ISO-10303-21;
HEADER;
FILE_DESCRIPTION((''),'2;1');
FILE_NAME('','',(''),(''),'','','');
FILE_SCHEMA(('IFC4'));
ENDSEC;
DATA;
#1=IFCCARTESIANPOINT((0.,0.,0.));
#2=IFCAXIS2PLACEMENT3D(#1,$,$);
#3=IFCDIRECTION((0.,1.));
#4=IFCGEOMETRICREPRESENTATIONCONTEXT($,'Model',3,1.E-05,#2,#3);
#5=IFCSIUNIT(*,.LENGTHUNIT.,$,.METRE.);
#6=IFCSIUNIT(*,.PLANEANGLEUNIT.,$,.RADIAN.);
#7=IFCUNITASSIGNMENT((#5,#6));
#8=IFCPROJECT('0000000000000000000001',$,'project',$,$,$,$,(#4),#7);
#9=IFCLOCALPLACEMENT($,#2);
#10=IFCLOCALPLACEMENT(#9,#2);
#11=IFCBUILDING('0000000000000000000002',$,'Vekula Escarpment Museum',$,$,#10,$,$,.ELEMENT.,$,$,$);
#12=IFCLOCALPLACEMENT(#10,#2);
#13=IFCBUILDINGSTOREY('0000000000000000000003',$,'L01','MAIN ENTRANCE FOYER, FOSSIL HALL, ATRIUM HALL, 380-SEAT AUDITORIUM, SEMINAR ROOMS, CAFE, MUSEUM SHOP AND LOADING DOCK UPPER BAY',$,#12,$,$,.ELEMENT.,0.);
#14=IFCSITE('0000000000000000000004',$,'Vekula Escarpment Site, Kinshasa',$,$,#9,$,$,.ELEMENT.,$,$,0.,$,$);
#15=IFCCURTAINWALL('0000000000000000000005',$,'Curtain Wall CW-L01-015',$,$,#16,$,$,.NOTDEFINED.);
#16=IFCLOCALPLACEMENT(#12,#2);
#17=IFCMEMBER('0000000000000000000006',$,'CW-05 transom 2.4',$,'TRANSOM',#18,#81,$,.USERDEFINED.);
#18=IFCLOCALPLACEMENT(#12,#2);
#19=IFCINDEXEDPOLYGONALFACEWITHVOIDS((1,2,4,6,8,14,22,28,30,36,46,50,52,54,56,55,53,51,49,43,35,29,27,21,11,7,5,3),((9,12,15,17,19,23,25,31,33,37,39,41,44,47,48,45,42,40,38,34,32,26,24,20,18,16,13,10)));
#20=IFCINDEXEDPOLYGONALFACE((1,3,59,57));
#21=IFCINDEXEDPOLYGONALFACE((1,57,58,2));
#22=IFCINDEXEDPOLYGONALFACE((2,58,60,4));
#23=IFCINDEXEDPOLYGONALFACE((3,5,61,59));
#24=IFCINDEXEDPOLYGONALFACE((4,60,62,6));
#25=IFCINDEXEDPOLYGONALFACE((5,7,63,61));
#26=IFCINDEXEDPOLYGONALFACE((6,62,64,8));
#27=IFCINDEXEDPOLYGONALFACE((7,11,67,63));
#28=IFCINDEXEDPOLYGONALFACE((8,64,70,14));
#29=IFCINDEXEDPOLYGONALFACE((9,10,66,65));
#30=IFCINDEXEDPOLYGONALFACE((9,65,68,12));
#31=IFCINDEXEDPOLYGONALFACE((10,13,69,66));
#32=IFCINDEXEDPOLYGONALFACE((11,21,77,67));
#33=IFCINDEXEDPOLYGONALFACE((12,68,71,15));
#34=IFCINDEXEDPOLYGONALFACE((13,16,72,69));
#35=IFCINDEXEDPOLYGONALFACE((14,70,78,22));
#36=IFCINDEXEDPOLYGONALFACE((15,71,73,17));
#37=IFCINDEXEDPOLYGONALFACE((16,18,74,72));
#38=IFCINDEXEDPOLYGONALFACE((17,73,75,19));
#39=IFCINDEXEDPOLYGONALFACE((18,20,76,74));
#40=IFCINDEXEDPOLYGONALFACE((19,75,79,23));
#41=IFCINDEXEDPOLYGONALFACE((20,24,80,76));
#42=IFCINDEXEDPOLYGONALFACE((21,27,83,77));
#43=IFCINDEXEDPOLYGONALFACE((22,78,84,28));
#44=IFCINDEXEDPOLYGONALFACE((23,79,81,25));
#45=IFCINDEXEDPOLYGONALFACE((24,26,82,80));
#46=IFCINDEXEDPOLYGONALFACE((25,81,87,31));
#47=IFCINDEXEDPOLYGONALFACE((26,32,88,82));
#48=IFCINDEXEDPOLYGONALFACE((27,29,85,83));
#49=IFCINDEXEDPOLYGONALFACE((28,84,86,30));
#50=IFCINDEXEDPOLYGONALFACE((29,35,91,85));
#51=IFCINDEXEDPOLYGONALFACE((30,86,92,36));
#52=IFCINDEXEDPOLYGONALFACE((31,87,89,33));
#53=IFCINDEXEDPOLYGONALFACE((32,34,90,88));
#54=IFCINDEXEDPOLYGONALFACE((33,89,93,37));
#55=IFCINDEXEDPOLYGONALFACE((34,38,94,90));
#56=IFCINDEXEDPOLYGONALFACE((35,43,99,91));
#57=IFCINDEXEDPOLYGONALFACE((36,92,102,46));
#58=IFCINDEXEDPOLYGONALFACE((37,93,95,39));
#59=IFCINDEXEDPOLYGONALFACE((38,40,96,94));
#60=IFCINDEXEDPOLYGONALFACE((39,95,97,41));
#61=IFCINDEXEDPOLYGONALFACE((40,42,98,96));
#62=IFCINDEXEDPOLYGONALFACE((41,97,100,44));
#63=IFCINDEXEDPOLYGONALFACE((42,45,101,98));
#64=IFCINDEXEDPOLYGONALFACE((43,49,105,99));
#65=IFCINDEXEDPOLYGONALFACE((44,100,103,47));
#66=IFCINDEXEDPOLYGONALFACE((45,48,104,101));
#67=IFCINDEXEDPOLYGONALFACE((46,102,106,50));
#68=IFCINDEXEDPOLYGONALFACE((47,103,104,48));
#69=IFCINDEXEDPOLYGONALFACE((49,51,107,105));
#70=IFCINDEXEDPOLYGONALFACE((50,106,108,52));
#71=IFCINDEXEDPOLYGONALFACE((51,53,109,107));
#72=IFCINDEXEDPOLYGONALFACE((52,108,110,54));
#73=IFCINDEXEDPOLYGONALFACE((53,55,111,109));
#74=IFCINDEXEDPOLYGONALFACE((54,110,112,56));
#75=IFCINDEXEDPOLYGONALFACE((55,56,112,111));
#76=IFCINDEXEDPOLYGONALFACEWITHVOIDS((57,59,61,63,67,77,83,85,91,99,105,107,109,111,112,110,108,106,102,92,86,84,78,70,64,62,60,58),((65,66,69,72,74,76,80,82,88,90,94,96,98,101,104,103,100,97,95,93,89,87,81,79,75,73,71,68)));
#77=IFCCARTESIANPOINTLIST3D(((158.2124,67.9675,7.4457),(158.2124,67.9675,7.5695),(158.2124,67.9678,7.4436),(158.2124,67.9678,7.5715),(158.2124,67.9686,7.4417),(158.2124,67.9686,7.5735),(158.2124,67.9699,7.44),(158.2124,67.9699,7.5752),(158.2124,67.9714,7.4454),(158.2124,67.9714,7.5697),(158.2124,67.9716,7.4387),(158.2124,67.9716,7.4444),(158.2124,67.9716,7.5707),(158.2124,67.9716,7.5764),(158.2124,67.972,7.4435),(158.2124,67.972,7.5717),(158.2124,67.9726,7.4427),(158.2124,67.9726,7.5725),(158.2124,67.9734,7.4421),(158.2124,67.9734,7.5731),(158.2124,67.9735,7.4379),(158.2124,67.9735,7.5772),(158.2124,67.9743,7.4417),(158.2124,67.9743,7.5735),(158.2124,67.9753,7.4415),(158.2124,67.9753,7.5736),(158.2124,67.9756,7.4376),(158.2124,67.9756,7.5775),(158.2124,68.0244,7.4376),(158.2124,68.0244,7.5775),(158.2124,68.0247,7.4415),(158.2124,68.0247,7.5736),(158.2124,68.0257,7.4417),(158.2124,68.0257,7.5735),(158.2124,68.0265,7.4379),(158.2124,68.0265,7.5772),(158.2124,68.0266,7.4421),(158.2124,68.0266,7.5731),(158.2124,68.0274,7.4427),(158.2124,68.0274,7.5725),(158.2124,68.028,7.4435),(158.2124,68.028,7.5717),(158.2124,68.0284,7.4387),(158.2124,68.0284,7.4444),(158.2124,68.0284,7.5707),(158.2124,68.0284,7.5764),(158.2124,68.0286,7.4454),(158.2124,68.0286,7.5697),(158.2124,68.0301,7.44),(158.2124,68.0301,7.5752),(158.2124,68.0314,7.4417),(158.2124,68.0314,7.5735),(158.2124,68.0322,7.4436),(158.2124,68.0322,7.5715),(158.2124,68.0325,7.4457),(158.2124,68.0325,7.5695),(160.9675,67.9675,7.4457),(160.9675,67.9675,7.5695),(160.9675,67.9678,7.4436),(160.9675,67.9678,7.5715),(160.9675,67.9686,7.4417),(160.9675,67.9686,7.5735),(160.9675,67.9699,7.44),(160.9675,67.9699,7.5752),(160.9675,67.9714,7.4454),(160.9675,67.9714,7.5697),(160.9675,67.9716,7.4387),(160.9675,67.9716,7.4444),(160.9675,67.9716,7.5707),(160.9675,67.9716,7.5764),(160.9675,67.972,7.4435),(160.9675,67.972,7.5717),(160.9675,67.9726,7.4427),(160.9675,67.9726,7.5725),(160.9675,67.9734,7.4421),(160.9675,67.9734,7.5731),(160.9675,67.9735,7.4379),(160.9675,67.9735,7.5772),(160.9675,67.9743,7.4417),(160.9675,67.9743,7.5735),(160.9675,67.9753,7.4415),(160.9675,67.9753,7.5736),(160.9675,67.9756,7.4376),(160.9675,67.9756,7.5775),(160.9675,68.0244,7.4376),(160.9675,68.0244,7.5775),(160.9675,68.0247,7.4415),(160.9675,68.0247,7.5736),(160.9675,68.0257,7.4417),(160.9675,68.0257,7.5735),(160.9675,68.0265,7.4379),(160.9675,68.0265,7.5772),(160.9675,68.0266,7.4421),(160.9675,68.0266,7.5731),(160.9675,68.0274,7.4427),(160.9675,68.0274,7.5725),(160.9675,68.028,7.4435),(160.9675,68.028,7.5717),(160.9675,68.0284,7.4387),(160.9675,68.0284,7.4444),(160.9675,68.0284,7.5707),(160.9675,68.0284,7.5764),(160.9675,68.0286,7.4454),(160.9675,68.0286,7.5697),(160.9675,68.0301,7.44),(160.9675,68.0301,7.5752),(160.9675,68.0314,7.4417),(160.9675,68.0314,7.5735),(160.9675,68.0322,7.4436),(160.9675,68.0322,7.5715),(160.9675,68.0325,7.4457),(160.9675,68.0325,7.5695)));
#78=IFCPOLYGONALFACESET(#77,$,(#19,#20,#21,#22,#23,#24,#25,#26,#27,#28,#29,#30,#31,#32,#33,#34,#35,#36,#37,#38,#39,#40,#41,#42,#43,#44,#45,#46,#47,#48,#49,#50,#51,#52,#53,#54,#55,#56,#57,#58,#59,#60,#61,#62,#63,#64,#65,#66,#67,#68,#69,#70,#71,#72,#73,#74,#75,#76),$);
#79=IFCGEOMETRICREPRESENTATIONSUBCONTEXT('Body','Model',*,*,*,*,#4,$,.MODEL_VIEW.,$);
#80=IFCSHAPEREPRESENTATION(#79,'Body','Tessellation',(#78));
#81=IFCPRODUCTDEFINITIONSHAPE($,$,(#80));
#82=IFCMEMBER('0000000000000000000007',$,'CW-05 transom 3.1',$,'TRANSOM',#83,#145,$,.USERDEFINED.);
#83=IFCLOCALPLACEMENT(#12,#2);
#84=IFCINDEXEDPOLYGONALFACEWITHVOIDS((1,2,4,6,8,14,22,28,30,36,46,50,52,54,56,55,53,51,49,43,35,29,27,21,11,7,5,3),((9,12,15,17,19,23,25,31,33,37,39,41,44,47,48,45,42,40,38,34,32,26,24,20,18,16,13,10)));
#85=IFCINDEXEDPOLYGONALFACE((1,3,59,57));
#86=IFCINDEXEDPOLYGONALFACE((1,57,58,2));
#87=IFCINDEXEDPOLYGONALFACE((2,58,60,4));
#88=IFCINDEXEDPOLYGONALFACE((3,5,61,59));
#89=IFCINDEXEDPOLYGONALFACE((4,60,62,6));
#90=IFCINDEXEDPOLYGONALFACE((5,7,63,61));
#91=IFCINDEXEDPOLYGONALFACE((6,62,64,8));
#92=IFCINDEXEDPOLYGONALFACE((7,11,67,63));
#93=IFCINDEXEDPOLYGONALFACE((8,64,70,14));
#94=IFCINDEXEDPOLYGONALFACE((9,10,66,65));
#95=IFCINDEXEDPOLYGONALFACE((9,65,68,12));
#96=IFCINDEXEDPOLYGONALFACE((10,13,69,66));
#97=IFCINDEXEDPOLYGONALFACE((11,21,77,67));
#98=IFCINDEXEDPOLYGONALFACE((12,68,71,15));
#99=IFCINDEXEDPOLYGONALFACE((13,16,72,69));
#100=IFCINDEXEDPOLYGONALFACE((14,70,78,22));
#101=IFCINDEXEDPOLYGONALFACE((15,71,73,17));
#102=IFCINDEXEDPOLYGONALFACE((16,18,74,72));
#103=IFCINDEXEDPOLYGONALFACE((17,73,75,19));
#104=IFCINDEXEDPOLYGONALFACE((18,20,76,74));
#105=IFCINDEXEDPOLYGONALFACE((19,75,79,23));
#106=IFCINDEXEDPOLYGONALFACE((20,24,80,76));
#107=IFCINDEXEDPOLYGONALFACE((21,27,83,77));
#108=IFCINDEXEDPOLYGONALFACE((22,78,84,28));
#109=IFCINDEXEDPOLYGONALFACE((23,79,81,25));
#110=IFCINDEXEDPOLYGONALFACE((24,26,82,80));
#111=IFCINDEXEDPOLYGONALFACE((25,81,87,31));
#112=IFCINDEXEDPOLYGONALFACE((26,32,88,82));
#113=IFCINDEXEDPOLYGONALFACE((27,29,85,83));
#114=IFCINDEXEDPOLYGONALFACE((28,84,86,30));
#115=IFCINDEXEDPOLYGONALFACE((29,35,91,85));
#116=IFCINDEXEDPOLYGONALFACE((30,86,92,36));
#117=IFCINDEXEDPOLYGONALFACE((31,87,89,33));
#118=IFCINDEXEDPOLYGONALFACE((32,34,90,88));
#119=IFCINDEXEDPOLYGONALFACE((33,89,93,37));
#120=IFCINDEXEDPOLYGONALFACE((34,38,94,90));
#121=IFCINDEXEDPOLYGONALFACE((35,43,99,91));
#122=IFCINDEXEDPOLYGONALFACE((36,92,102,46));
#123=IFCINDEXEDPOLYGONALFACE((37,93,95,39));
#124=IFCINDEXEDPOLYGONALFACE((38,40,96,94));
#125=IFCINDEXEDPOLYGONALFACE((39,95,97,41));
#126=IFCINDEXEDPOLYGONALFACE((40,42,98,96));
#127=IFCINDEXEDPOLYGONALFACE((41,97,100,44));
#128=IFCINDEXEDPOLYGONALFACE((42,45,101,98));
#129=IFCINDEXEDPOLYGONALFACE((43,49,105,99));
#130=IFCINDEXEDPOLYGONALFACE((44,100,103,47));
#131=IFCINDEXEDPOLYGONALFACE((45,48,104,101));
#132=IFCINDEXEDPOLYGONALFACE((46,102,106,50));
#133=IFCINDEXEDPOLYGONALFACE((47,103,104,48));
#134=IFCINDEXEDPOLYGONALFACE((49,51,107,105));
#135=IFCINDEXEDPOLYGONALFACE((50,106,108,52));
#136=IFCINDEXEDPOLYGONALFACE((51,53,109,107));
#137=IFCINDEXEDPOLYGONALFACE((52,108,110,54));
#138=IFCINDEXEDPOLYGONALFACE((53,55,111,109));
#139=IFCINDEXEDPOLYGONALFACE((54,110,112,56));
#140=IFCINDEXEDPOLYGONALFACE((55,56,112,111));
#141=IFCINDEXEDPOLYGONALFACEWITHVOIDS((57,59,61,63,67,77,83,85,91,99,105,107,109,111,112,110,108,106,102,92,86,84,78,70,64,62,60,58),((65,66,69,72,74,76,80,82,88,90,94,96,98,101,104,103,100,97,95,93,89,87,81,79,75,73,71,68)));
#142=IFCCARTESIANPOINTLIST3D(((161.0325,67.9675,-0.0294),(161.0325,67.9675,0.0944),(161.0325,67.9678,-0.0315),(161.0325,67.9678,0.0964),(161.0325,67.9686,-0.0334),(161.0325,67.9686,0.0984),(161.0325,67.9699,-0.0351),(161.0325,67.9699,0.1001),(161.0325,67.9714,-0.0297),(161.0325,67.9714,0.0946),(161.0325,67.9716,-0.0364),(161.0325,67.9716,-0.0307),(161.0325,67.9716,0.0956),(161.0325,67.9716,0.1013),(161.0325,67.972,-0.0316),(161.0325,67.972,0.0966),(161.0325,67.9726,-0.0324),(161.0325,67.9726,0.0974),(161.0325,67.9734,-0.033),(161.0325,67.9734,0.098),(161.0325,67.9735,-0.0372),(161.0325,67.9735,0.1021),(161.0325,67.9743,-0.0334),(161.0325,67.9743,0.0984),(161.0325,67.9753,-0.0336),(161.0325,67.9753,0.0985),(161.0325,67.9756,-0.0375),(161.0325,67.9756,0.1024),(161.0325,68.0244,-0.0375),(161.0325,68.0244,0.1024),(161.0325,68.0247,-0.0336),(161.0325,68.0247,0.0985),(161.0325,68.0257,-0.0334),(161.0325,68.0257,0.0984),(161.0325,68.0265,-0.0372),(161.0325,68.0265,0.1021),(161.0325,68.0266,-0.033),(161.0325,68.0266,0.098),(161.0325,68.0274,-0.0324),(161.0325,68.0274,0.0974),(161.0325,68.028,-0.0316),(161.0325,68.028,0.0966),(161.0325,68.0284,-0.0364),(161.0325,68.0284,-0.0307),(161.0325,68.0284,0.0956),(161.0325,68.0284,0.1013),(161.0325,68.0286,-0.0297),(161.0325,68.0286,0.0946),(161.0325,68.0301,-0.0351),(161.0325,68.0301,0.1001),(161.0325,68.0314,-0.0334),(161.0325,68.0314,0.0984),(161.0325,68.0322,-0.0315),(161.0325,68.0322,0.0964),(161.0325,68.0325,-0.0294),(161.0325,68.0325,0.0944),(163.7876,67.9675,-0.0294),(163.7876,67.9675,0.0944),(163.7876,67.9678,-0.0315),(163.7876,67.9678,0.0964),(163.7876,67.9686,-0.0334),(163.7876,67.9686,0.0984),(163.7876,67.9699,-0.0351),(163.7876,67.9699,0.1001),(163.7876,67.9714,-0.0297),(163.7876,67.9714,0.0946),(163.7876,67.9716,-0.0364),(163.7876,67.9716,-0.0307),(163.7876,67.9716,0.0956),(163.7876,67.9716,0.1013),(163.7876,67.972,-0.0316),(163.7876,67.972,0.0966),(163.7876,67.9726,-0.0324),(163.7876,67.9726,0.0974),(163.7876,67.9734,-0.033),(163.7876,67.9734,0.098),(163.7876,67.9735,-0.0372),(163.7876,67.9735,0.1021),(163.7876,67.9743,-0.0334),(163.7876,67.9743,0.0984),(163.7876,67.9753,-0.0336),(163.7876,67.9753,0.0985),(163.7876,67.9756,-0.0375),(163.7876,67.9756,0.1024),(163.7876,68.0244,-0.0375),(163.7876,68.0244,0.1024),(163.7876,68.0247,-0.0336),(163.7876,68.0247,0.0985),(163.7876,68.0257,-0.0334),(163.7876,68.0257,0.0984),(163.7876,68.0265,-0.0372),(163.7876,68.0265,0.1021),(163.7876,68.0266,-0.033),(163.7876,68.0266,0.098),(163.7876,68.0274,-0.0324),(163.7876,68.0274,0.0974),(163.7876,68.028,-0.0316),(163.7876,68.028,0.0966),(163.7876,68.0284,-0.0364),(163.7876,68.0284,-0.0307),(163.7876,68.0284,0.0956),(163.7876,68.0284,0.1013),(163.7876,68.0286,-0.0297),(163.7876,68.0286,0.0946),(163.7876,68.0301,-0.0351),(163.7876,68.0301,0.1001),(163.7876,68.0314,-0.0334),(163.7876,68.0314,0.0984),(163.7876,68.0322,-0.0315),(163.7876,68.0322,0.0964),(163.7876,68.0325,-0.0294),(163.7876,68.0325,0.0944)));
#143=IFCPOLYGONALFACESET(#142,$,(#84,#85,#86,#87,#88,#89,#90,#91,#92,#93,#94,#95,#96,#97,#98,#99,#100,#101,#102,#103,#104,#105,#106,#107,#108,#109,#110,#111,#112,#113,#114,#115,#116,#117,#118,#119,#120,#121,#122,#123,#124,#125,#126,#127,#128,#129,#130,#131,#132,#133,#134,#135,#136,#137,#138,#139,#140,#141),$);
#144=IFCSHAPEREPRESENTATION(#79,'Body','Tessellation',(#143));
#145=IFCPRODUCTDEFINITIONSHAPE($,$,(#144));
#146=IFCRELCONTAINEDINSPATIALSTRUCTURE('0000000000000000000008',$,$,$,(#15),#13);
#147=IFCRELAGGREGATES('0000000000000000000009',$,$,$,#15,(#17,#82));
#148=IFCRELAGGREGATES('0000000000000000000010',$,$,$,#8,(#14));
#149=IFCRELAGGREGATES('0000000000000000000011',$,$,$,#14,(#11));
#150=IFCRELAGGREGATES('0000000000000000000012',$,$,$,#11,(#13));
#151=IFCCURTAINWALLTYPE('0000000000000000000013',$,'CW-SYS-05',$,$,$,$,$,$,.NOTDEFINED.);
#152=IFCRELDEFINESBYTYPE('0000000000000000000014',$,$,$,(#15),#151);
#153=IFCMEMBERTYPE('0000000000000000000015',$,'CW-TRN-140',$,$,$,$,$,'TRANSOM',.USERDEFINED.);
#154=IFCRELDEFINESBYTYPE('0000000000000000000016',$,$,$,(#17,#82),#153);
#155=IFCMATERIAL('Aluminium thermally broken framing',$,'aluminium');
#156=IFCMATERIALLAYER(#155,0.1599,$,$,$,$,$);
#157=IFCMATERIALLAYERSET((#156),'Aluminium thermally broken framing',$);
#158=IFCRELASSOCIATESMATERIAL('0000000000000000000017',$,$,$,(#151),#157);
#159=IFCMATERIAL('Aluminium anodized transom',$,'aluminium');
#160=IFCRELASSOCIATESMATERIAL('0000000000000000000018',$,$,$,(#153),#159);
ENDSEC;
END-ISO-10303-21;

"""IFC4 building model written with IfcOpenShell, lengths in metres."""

from ifc_helpers import new_model, si_unit, direction, frame, origin, origin_2d, place, context, subcontext, project, spatial, hollow_rectangle, extrude, material, layer, layer_set, material_profile, profile_set, type_object, element, aggregate, save


model = new_model("IFC4")

# Units and contexts
model_context = context("Model", 3, precision=1e-05, world=origin(), true_north=direction((0.0, 1.0)))
body_context = subcontext(model_context, "Body", "Model", "MODEL_VIEW")
ifc_project = project(units=[si_unit("LENGTHUNIT", "METRE"), si_unit("PLANEANGLEUNIT", "RADIAN")], contexts=[model_context])

# Site, building, storey
site_placement = place(None, origin())
site = spatial("IfcSite", under=ifc_project, at=site_placement, Name="Vekula Escarpment Site, Kinshasa", CompositionType="ELEMENT", RefElevation=0.0)
building_placement = place(site_placement, origin())
building = spatial("IfcBuilding", under=site, at=building_placement, Name="Vekula Escarpment Museum", CompositionType="ELEMENT")
storey_placement = place(building_placement, origin())
storey = spatial("IfcBuildingStorey", under=building, at=storey_placement, Name="L01", Description="MAIN ENTRANCE FOYER, FOSSIL HALL, ATRIUM HALL, 380-SEAT AUDITORIUM, SEMINAR ROOMS, CAFE, MUSEUM SHOP AND LOADING DOCK UPPER BAY", CompositionType="ELEMENT", Elevation=0.0)

# Curtain wall, members
ifc_material_1 = material(Name="Aluminium thermally broken framing", Category="aluminium")
ifc_layer_1 = layer(ifc_material_1, 0.1599)
ifc_layer_set_1 = layer_set([ifc_layer_1], Name="Aluminium thermally broken framing")
curtain_wall_type_1 = type_object("IfcCurtainWallType", Name="CW-SYS-05", PredefinedType="NOTDEFINED", material=ifc_layer_set_1)
curtain_wall_1_placement = place(storey_placement, origin())
curtain_wall_1 = element("IfcCurtainWall", 1, at=curtain_wall_1_placement, inside=storey, type_object=curtain_wall_type_1, Name="Curtain Wall CW-L01-015", PredefinedType="NOTDEFINED")
ifc_material_2 = material(Name="Aluminium anodized transom", Category="aluminium")
ifc_material_profile_1 = material_profile(ifc_material_2, hollow_rectangle(XDim=0.0649, YDim=0.1399, WallThickness=0.0039, InnerFilletRadius=0.0039, OuterFilletRadius=0.0081, at=origin_2d()), Name="ALU 140x65x4")
ifc_profile_set_1 = profile_set([ifc_material_profile_1], Name="Aluminium anodized transom")
member_type_1 = type_object("IfcMemberType", Name="CW-TRN-140", ElementType="TRANSOM", PredefinedType="USERDEFINED", material=ifc_profile_set_1)
member_1_placement = place(storey_placement, frame((158.2124, 68.0, 7.5076), z_axis=(1.0, 0.0, 0.0), x_axis=(0.0, 1.0, 0.0)))
member_1 = element("IfcMember", 2, at=member_1_placement, type_object=member_type_1, Name="CW-05 transom 2.4", ObjectType="TRANSOM", PredefinedType="USERDEFINED", context=body_context, shape_type="SweptSolid", body=[
    extrude(hollow_rectangle(XDim=0.0649, YDim=0.1399, WallThickness=0.0039, InnerFilletRadius=0.0039, OuterFilletRadius=0.0081, at=origin_2d()), origin(), (0.0, 0.0, 1.0), 2.7551),
])
member_2_placement = place(storey_placement, frame((161.0325, 68.0, 0.0325), z_axis=(1.0, 0.0, 0.0), x_axis=(0.0, 1.0, 0.0)))
member_2 = element("IfcMember", 3, at=member_2_placement, type_object=member_type_1, Name="CW-05 transom 3.1", ObjectType="TRANSOM", PredefinedType="USERDEFINED", context=body_context, shape_type="SweptSolid", body=[
    extrude(hollow_rectangle(XDim=0.0649, YDim=0.1399, WallThickness=0.0039, InnerFilletRadius=0.0039, OuterFilletRadius=0.0081, at=origin_2d()), origin(), (0.0, 0.0, 1.0), 2.7551),
])

aggregate(curtain_wall_1, [member_1, member_2])

save(model, "model.ifc")
